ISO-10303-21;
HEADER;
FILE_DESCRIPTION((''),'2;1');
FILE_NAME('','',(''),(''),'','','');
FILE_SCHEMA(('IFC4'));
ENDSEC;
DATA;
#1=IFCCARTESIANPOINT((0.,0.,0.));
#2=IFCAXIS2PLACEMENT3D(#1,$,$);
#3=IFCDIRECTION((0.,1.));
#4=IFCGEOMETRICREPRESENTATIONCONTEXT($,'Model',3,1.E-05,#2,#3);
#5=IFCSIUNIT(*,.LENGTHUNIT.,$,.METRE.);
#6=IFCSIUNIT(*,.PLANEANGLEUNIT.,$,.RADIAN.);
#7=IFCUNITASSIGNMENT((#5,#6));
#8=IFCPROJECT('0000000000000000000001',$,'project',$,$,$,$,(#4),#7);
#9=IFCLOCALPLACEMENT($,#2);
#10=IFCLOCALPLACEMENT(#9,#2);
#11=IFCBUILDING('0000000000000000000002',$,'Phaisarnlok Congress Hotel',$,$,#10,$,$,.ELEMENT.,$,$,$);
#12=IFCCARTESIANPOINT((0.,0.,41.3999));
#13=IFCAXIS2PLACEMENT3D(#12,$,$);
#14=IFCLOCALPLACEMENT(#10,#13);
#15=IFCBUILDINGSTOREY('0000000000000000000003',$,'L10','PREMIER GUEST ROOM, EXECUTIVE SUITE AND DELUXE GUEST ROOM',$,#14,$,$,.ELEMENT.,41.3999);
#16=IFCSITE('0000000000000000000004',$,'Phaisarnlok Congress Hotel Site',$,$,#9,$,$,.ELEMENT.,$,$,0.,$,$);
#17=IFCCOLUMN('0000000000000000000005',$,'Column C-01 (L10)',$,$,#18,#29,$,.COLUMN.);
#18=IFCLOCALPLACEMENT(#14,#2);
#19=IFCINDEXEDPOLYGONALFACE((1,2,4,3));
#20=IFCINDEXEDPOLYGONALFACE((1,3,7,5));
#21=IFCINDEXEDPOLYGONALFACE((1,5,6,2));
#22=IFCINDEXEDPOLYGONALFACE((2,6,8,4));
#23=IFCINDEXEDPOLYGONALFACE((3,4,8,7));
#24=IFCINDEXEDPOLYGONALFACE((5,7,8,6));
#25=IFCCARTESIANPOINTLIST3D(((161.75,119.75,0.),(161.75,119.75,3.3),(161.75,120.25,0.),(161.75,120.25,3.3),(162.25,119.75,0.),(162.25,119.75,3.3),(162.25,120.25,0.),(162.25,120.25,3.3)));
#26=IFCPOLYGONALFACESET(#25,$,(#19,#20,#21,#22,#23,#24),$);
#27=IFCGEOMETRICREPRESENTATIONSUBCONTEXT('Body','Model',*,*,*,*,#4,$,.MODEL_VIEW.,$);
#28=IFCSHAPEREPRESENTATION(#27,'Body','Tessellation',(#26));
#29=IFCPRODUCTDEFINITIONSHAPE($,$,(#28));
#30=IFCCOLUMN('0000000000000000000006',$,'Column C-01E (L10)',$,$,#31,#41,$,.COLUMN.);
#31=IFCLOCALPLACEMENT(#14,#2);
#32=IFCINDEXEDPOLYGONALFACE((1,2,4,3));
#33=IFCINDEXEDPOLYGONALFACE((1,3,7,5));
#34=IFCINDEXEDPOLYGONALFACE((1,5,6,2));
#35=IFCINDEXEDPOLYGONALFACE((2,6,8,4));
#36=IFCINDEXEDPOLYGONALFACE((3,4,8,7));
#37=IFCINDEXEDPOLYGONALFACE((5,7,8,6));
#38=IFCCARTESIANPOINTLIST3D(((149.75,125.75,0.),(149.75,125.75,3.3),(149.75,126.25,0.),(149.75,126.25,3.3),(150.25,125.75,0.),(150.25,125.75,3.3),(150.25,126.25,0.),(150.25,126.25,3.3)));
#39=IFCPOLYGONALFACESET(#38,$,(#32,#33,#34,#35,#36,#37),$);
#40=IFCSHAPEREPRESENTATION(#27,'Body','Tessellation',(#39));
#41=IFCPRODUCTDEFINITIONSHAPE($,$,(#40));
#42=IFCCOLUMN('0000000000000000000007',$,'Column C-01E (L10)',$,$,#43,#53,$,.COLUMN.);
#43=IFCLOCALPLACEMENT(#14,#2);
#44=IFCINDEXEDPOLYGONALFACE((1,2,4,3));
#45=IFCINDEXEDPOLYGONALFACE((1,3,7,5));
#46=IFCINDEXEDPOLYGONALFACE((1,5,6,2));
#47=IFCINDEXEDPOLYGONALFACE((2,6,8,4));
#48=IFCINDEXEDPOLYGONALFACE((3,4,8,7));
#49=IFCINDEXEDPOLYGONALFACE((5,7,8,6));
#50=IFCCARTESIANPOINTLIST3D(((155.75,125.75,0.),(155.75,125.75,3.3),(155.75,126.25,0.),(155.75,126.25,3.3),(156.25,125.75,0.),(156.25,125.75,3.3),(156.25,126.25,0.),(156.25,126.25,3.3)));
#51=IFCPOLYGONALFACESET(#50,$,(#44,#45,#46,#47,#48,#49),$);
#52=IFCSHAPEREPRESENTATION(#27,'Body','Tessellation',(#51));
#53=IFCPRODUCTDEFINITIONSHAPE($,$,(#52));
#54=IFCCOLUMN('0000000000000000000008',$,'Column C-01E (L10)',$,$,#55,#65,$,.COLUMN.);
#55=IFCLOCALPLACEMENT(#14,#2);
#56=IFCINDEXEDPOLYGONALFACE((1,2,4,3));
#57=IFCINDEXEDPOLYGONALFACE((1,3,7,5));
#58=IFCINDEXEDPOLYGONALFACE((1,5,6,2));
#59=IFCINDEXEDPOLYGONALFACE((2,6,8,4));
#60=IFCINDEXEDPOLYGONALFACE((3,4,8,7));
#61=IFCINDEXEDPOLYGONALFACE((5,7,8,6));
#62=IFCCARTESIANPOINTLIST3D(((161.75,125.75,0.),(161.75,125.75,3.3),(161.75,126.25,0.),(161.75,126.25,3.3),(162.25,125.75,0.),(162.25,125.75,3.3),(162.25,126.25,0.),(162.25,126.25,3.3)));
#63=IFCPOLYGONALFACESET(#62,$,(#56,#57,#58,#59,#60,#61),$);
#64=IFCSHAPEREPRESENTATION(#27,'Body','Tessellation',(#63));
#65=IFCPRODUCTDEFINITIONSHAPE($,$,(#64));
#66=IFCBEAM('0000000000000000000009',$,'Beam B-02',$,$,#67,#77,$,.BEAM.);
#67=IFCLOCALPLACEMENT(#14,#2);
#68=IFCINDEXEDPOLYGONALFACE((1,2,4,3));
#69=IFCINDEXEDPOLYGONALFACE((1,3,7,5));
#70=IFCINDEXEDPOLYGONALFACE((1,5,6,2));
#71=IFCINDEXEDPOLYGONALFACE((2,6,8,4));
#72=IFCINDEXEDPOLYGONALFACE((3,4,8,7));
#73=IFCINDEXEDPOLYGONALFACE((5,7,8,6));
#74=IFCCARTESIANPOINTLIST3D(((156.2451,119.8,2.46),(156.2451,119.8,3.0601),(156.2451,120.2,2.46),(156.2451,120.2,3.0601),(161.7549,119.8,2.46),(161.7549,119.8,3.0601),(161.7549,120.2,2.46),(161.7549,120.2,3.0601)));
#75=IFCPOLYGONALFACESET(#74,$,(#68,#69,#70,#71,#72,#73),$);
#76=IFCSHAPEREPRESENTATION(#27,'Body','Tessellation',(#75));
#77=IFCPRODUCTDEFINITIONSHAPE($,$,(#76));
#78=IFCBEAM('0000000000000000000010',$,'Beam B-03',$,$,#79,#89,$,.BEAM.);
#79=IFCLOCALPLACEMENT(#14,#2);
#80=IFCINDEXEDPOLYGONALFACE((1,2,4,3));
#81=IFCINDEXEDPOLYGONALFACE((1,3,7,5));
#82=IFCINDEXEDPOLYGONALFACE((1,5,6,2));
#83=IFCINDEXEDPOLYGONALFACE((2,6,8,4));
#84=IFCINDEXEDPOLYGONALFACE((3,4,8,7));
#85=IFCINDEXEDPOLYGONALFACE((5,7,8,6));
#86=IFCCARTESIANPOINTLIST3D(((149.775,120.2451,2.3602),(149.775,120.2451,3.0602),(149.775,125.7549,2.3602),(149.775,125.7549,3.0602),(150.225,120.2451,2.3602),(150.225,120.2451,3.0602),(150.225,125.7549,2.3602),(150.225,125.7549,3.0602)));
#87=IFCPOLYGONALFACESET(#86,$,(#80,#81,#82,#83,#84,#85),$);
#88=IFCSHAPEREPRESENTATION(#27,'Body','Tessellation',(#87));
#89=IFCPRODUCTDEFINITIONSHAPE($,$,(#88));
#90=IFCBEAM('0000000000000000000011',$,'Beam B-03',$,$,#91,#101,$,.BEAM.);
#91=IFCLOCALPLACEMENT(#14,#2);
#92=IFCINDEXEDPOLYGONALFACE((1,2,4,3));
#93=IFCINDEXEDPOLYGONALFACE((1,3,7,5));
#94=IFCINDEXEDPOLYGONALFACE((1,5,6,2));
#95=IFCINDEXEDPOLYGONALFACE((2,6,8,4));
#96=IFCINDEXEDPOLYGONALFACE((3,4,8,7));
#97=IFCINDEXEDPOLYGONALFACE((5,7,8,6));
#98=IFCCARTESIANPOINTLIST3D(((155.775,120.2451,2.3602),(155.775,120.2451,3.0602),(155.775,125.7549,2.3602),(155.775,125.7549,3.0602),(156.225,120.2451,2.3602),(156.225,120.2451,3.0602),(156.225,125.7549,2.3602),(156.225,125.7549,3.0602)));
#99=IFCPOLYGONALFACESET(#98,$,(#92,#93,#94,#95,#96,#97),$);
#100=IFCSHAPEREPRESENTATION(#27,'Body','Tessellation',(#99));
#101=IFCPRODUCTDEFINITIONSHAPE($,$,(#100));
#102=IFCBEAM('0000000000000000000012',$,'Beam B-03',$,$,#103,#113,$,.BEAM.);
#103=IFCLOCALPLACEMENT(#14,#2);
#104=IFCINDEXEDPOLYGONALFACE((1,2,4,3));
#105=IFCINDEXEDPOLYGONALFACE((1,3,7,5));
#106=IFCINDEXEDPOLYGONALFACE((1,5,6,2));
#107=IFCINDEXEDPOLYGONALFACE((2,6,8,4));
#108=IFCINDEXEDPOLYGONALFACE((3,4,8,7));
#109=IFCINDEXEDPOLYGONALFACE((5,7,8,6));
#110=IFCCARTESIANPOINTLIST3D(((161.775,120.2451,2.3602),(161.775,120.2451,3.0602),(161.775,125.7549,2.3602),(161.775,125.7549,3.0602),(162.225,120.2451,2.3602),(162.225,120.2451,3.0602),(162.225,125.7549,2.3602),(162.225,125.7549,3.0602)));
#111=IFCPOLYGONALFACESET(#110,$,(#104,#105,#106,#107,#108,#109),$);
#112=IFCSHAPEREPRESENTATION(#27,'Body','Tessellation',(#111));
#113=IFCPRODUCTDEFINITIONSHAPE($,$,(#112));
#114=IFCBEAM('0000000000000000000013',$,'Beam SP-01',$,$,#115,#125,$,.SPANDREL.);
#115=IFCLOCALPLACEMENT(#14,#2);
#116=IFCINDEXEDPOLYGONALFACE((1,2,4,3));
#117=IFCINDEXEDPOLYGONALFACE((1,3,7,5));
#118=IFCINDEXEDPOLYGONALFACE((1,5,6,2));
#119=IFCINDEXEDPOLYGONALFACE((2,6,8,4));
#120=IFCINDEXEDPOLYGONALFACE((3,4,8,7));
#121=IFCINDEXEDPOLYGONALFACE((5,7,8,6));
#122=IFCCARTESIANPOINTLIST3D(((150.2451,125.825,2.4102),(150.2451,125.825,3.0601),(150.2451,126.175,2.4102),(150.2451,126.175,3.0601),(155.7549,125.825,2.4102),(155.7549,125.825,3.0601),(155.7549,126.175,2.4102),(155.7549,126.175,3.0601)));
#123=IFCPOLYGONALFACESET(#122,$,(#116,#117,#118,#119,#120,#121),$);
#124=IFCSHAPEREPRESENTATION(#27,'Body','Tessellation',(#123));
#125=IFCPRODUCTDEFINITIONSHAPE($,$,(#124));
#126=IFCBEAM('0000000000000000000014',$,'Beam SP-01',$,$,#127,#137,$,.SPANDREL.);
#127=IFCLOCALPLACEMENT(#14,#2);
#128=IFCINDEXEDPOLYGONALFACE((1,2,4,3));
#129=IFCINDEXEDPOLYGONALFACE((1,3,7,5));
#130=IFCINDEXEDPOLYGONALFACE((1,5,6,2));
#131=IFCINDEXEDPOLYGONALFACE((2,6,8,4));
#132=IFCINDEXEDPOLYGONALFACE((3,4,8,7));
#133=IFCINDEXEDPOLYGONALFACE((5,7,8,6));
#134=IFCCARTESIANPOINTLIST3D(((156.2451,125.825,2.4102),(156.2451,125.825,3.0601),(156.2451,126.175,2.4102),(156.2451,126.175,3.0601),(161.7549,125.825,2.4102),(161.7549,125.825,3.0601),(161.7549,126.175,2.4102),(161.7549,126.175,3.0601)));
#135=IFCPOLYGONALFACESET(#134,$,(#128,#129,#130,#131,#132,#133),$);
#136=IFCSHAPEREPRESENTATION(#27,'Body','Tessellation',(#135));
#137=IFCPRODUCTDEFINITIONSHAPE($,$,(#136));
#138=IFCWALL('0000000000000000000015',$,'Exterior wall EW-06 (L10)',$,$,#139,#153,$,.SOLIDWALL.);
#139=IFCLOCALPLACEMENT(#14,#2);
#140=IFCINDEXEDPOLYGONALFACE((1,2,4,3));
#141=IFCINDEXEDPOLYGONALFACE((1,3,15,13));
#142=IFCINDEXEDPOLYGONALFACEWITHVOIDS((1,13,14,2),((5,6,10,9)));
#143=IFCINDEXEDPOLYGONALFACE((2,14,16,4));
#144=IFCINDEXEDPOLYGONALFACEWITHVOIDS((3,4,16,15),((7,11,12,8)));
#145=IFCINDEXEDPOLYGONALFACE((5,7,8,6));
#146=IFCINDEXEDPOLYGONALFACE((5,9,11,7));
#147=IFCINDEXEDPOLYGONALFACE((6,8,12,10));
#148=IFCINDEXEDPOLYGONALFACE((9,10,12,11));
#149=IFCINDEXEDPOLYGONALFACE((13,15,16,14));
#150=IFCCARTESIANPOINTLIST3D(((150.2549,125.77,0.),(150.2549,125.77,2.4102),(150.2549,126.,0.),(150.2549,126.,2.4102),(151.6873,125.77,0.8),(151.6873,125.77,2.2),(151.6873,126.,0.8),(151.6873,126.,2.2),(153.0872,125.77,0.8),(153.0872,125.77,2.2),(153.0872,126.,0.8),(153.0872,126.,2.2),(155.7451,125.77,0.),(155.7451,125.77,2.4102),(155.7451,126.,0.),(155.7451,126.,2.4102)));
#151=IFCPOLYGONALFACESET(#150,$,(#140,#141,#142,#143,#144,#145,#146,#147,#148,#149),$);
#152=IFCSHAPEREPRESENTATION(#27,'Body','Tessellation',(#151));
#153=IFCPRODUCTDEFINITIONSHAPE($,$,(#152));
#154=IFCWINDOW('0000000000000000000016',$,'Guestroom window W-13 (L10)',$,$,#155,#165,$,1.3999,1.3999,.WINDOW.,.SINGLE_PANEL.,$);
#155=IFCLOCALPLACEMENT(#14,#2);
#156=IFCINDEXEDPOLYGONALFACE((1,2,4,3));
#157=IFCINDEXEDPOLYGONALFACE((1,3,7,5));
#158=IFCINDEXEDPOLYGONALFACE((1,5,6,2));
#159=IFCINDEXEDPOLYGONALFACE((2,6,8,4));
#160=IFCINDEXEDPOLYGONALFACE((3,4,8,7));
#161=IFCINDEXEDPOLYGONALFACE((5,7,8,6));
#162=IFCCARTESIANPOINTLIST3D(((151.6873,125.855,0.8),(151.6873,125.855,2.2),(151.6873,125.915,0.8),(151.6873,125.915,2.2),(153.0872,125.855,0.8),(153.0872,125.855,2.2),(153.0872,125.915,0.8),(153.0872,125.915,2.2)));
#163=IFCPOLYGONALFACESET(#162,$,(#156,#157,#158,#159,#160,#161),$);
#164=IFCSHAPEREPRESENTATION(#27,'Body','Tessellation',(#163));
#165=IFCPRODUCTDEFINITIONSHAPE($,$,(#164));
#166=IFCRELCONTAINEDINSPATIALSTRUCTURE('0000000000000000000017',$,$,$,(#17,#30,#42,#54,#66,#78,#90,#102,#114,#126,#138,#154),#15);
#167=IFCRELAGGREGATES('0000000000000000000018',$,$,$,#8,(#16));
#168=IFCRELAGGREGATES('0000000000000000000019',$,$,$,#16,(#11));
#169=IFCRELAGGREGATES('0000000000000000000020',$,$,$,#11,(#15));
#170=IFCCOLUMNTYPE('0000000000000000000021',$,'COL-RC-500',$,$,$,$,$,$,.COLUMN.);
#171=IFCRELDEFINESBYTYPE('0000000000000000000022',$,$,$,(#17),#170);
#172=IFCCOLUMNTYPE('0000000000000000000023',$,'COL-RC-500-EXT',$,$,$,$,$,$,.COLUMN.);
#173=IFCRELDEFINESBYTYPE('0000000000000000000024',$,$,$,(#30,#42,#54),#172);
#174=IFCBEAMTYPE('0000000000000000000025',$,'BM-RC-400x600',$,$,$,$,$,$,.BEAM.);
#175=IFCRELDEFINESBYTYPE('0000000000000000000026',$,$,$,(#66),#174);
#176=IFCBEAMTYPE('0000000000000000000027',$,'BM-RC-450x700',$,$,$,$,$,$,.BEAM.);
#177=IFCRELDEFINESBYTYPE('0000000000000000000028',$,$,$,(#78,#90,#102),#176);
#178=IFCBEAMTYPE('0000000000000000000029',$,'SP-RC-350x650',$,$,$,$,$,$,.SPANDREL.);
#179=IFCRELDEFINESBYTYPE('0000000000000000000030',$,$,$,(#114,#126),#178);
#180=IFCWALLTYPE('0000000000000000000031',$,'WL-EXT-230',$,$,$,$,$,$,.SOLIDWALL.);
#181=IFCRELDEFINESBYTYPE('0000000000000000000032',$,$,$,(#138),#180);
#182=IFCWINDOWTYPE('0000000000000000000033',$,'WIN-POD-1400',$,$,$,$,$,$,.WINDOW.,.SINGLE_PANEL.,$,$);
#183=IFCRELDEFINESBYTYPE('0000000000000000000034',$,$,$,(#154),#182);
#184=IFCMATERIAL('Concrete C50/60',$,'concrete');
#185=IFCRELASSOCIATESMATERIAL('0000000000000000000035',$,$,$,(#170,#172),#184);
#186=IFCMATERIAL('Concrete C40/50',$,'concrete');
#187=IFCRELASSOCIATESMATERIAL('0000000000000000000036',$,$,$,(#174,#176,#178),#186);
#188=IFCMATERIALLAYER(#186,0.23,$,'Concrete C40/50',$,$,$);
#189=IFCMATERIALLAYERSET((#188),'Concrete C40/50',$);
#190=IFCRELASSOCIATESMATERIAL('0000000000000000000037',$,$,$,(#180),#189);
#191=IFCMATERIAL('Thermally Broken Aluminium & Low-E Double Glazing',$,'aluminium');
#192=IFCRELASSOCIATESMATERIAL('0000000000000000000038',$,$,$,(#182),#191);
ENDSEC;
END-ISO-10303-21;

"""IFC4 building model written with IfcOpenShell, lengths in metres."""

from ifc_helpers import new_model, si_unit, direction, frame, frame_2d, origin, origin_2d, place, context, subcontext, project, spatial, rectangle, extrude, material, layer, layer_set, material_profile, profile_set, type_object, element, fill, save


model = new_model("IFC4")

# Units and contexts
model_context = context("Model", 3, precision=1e-05, world=origin(), true_north=direction((0.0, 1.0)))
body_context = subcontext(model_context, "Body", "Model", "MODEL_VIEW")
ifc_project = project(units=[si_unit("LENGTHUNIT", "METRE"), si_unit("PLANEANGLEUNIT", "RADIAN")], contexts=[model_context])

# Site, building, storey
site_placement = place(None, origin())
site = spatial("IfcSite", under=ifc_project, at=site_placement, Name="Phaisarnlok Congress Hotel Site", CompositionType="ELEMENT", RefElevation=0.0)
building_placement = place(site_placement, origin())
building = spatial("IfcBuilding", under=site, at=building_placement, Name="Phaisarnlok Congress Hotel", CompositionType="ELEMENT")
storey_placement = place(building_placement, frame((0.0, 0.0, 41.3999)))
storey = spatial("IfcBuildingStorey", under=building, at=storey_placement, Name="L10", Description="PREMIER GUEST ROOM, EXECUTIVE SUITE AND DELUXE GUEST ROOM", CompositionType="ELEMENT", Elevation=41.3999)

# Columns
ifc_material_1 = material(Name="Concrete C50/60", Category="concrete")
ifc_material_profile_1 = material_profile(ifc_material_1, rectangle(XDim=0.5, YDim=0.5, at=origin_2d()), Name="RC 500x500")
ifc_profile_set_1 = profile_set([ifc_material_profile_1], Name="Concrete C50/60")
column_type_1 = type_object("IfcColumnType", Name="COL-RC-500", PredefinedType="COLUMN", material=ifc_profile_set_1)
column_placement = place(storey_placement, frame((162.0, 120.0, 0.0), z_axis=(0.0, 0.0, 1.0), x_axis=(1.0, 0.0, 0.0)))
element("IfcColumn", 1, at=column_placement, inside=storey, type_object=column_type_1, Name="Column C-01 (L10)", PredefinedType="COLUMN", context=body_context, shape_type="SweptSolid", body=[
    extrude(rectangle(XDim=0.5, YDim=0.5, at=origin_2d()), origin(), (0.0, 0.0, 1.0), 3.3),
])
ifc_material_profile_2 = material_profile(ifc_material_1, rectangle(XDim=0.5, YDim=0.5, at=origin_2d()), Name="RC 500x500")
ifc_profile_set_2 = profile_set([ifc_material_profile_2], Name="Concrete C50/60")
column_type_2 = type_object("IfcColumnType", Name="COL-RC-500-EXT", PredefinedType="COLUMN", material=ifc_profile_set_2)
for number, where, z_axis, x_axis, name in (
    (2, (150.0, 126.0, 0.0), (0.0, 0.0, 1.0), (1.0, 0.0, 0.0), "Column C-01E (L10)"),
    (3, (156.0, 126.0, 0.0), (0.0, 0.0, 1.0), (1.0, 0.0, 0.0), "Column C-01E (L10)"),
    (4, (162.0, 126.0, 0.0), (0.0, 0.0, 1.0), (1.0, 0.0, 0.0), "Column C-01E (L10)"),
):
    element("IfcColumn", number, at=place(storey_placement, frame(where, z_axis=z_axis, x_axis=x_axis)), inside=storey, type_object=column_type_2, Name=name, PredefinedType="COLUMN", context=body_context, shape_type="SweptSolid", body=[
        extrude(rectangle(XDim=0.5, YDim=0.5, at=origin_2d()), origin(), (0.0, 0.0, 1.0), 3.3),
    ])

# Beams
ifc_material_2 = material(Name="Concrete C40/50", Category="concrete")
ifc_material_profile_3 = material_profile(ifc_material_2, rectangle(XDim=0.3999, YDim=0.6001, at=origin_2d()), Name="RC 400x600")
ifc_profile_set_3 = profile_set([ifc_material_profile_3], Name="Concrete C40/50")
beam_type_1 = type_object("IfcBeamType", Name="BM-RC-400x600", PredefinedType="BEAM", material=ifc_profile_set_3)
beam_placement = place(storey_placement, frame((156.2451, 120.0, 2.76), z_axis=(1.0, 0.0, 0.0), x_axis=(0.0, 1.0, 0.0)))
element("IfcBeam", 5, at=beam_placement, inside=storey, type_object=beam_type_1, Name="Beam B-02", PredefinedType="BEAM", context=body_context, shape_type="SweptSolid", body=[
    extrude(rectangle(XDim=0.3999, YDim=0.6001, at=origin_2d()), origin(), (0.0, 0.0, 1.0), 5.5098),
])
ifc_material_profile_4 = material_profile(ifc_material_2, rectangle(XDim=0.45, YDim=0.7, at=origin_2d()), Name="RC 450x700")
ifc_profile_set_4 = profile_set([ifc_material_profile_4], Name="Concrete C40/50")
beam_type_2 = type_object("IfcBeamType", Name="BM-RC-450x700", PredefinedType="BEAM", material=ifc_profile_set_4)
for number, where, z_axis, x_axis, name in (
    (6, (150.0, 120.2451, 2.7102), (0.0, 1.0, 0.0), (-1.0, 0.0, 0.0), "Beam B-03"),
    (7, (156.0, 120.2451, 2.7102), (0.0, 1.0, 0.0), (-1.0, 0.0, 0.0), "Beam B-03"),
    (8, (162.0, 120.2451, 2.7102), (0.0, 1.0, 0.0), (-1.0, 0.0, 0.0), "Beam B-03"),
):
    element("IfcBeam", number, at=place(storey_placement, frame(where, z_axis=z_axis, x_axis=x_axis)), inside=storey, type_object=beam_type_2, Name=name, PredefinedType="BEAM", context=body_context, shape_type="SweptSolid", body=[
        extrude(rectangle(XDim=0.45, YDim=0.7, at=origin_2d()), origin(), (0.0, 0.0, 1.0), 5.5098),
    ])
ifc_material_profile_5 = material_profile(ifc_material_2, rectangle(XDim=0.3501, YDim=0.6499, at=origin_2d()), Name="RC 350x650")
ifc_profile_set_5 = profile_set([ifc_material_profile_5], Name="Concrete C40/50")
beam_type_3 = type_object("IfcBeamType", Name="SP-RC-350x650", PredefinedType="SPANDREL", material=ifc_profile_set_5)
for number, where, z_axis, x_axis, name in (
    (9, (150.2451, 126.0, 2.7351), (1.0, 0.0, 0.0), (0.0, 1.0, 0.0), "Beam SP-01"),
    (10, (156.2451, 126.0, 2.7351), (1.0, 0.0, 0.0), (0.0, 1.0, 0.0), "Beam SP-01"),
):
    element("IfcBeam", number, at=place(storey_placement, frame(where, z_axis=z_axis, x_axis=x_axis)), inside=storey, type_object=beam_type_3, Name=name, PredefinedType="SPANDREL", context=body_context, shape_type="SweptSolid", body=[
        extrude(rectangle(XDim=0.3501, YDim=0.6499, at=origin_2d()), origin(), (0.0, 0.0, 1.0), 5.5098),
    ])

# Wall, opening, window
ifc_layer_1 = layer(ifc_material_2, 0.23, Name="Concrete C40/50")
ifc_layer_set_1 = layer_set([ifc_layer_1], Name="Concrete C40/50")
wall_type_1 = type_object("IfcWallType", Name="WL-EXT-230", PredefinedType="SOLIDWALL", material=ifc_layer_set_1)
wall_1_placement = place(storey_placement, frame((155.7451, 125.885, 0.0), z_axis=(0.0, 0.0, 1.0), x_axis=(-1.0, 0.0, 0.0)))
wall_1 = element("IfcWall", 11, at=wall_1_placement, inside=storey, type_object=wall_type_1, Name="Exterior wall EW-06 (L10)", PredefinedType="SOLIDWALL", context=body_context, shape_type="SweptSolid", body=[
    extrude(rectangle(XDim=5.4902, YDim=0.23, at=frame_2d((2.7451, 0.0))), origin(), (0.0, 0.0, 1.0), 2.4102),
])
opening_1_placement = place(wall_1_placement, frame((2.658, 0.0, 0.8)))
opening_1 = element("IfcOpeningElement", 12, at=opening_1_placement, cuts=wall_1, PredefinedType="OPENING", context=body_context, shape_type="SweptSolid", body=[
    extrude(rectangle(XDim=1.3999, YDim=1.3999, at=frame_2d((0.7, 0.7))), frame((0.0, 0.125, 0.0), z_axis=(0.0, -1.0, 0.0), x_axis=(1.0, 0.0, 0.0)), (0.0, 0.0, 1.0), 0.25),
])
ifc_material_3 = material(Name="Thermally Broken Aluminium & Low-E Double Glazing", Category="aluminium")
window_type = type_object("IfcWindowType", Name="WIN-POD-1400", PartitioningType="SINGLE_PANEL", PredefinedType="WINDOW", material=ifc_material_3)
window_1_placement = place(opening_1_placement, origin())
window_1 = element("IfcWindow", 13, at=window_1_placement, inside=storey, type_object=window_type, Name="Guestroom window W-13 (L10)", OverallHeight=1.3999, OverallWidth=1.3999, PartitioningType="SINGLE_PANEL", PredefinedType="WINDOW", context=body_context, shape_type="SweptSolid", body=[
    extrude(rectangle(XDim=1.3999, YDim=1.3999, at=frame_2d((0.7, 0.7))), frame((0.0, 0.03, 0.0), z_axis=(0.0, -1.0, 0.0), x_axis=(1.0, 0.0, 0.0)), (0.0, 0.0, 1.0), 0.0601),
])
fill(opening_1, window_1)

save(model, "model.ifc")
